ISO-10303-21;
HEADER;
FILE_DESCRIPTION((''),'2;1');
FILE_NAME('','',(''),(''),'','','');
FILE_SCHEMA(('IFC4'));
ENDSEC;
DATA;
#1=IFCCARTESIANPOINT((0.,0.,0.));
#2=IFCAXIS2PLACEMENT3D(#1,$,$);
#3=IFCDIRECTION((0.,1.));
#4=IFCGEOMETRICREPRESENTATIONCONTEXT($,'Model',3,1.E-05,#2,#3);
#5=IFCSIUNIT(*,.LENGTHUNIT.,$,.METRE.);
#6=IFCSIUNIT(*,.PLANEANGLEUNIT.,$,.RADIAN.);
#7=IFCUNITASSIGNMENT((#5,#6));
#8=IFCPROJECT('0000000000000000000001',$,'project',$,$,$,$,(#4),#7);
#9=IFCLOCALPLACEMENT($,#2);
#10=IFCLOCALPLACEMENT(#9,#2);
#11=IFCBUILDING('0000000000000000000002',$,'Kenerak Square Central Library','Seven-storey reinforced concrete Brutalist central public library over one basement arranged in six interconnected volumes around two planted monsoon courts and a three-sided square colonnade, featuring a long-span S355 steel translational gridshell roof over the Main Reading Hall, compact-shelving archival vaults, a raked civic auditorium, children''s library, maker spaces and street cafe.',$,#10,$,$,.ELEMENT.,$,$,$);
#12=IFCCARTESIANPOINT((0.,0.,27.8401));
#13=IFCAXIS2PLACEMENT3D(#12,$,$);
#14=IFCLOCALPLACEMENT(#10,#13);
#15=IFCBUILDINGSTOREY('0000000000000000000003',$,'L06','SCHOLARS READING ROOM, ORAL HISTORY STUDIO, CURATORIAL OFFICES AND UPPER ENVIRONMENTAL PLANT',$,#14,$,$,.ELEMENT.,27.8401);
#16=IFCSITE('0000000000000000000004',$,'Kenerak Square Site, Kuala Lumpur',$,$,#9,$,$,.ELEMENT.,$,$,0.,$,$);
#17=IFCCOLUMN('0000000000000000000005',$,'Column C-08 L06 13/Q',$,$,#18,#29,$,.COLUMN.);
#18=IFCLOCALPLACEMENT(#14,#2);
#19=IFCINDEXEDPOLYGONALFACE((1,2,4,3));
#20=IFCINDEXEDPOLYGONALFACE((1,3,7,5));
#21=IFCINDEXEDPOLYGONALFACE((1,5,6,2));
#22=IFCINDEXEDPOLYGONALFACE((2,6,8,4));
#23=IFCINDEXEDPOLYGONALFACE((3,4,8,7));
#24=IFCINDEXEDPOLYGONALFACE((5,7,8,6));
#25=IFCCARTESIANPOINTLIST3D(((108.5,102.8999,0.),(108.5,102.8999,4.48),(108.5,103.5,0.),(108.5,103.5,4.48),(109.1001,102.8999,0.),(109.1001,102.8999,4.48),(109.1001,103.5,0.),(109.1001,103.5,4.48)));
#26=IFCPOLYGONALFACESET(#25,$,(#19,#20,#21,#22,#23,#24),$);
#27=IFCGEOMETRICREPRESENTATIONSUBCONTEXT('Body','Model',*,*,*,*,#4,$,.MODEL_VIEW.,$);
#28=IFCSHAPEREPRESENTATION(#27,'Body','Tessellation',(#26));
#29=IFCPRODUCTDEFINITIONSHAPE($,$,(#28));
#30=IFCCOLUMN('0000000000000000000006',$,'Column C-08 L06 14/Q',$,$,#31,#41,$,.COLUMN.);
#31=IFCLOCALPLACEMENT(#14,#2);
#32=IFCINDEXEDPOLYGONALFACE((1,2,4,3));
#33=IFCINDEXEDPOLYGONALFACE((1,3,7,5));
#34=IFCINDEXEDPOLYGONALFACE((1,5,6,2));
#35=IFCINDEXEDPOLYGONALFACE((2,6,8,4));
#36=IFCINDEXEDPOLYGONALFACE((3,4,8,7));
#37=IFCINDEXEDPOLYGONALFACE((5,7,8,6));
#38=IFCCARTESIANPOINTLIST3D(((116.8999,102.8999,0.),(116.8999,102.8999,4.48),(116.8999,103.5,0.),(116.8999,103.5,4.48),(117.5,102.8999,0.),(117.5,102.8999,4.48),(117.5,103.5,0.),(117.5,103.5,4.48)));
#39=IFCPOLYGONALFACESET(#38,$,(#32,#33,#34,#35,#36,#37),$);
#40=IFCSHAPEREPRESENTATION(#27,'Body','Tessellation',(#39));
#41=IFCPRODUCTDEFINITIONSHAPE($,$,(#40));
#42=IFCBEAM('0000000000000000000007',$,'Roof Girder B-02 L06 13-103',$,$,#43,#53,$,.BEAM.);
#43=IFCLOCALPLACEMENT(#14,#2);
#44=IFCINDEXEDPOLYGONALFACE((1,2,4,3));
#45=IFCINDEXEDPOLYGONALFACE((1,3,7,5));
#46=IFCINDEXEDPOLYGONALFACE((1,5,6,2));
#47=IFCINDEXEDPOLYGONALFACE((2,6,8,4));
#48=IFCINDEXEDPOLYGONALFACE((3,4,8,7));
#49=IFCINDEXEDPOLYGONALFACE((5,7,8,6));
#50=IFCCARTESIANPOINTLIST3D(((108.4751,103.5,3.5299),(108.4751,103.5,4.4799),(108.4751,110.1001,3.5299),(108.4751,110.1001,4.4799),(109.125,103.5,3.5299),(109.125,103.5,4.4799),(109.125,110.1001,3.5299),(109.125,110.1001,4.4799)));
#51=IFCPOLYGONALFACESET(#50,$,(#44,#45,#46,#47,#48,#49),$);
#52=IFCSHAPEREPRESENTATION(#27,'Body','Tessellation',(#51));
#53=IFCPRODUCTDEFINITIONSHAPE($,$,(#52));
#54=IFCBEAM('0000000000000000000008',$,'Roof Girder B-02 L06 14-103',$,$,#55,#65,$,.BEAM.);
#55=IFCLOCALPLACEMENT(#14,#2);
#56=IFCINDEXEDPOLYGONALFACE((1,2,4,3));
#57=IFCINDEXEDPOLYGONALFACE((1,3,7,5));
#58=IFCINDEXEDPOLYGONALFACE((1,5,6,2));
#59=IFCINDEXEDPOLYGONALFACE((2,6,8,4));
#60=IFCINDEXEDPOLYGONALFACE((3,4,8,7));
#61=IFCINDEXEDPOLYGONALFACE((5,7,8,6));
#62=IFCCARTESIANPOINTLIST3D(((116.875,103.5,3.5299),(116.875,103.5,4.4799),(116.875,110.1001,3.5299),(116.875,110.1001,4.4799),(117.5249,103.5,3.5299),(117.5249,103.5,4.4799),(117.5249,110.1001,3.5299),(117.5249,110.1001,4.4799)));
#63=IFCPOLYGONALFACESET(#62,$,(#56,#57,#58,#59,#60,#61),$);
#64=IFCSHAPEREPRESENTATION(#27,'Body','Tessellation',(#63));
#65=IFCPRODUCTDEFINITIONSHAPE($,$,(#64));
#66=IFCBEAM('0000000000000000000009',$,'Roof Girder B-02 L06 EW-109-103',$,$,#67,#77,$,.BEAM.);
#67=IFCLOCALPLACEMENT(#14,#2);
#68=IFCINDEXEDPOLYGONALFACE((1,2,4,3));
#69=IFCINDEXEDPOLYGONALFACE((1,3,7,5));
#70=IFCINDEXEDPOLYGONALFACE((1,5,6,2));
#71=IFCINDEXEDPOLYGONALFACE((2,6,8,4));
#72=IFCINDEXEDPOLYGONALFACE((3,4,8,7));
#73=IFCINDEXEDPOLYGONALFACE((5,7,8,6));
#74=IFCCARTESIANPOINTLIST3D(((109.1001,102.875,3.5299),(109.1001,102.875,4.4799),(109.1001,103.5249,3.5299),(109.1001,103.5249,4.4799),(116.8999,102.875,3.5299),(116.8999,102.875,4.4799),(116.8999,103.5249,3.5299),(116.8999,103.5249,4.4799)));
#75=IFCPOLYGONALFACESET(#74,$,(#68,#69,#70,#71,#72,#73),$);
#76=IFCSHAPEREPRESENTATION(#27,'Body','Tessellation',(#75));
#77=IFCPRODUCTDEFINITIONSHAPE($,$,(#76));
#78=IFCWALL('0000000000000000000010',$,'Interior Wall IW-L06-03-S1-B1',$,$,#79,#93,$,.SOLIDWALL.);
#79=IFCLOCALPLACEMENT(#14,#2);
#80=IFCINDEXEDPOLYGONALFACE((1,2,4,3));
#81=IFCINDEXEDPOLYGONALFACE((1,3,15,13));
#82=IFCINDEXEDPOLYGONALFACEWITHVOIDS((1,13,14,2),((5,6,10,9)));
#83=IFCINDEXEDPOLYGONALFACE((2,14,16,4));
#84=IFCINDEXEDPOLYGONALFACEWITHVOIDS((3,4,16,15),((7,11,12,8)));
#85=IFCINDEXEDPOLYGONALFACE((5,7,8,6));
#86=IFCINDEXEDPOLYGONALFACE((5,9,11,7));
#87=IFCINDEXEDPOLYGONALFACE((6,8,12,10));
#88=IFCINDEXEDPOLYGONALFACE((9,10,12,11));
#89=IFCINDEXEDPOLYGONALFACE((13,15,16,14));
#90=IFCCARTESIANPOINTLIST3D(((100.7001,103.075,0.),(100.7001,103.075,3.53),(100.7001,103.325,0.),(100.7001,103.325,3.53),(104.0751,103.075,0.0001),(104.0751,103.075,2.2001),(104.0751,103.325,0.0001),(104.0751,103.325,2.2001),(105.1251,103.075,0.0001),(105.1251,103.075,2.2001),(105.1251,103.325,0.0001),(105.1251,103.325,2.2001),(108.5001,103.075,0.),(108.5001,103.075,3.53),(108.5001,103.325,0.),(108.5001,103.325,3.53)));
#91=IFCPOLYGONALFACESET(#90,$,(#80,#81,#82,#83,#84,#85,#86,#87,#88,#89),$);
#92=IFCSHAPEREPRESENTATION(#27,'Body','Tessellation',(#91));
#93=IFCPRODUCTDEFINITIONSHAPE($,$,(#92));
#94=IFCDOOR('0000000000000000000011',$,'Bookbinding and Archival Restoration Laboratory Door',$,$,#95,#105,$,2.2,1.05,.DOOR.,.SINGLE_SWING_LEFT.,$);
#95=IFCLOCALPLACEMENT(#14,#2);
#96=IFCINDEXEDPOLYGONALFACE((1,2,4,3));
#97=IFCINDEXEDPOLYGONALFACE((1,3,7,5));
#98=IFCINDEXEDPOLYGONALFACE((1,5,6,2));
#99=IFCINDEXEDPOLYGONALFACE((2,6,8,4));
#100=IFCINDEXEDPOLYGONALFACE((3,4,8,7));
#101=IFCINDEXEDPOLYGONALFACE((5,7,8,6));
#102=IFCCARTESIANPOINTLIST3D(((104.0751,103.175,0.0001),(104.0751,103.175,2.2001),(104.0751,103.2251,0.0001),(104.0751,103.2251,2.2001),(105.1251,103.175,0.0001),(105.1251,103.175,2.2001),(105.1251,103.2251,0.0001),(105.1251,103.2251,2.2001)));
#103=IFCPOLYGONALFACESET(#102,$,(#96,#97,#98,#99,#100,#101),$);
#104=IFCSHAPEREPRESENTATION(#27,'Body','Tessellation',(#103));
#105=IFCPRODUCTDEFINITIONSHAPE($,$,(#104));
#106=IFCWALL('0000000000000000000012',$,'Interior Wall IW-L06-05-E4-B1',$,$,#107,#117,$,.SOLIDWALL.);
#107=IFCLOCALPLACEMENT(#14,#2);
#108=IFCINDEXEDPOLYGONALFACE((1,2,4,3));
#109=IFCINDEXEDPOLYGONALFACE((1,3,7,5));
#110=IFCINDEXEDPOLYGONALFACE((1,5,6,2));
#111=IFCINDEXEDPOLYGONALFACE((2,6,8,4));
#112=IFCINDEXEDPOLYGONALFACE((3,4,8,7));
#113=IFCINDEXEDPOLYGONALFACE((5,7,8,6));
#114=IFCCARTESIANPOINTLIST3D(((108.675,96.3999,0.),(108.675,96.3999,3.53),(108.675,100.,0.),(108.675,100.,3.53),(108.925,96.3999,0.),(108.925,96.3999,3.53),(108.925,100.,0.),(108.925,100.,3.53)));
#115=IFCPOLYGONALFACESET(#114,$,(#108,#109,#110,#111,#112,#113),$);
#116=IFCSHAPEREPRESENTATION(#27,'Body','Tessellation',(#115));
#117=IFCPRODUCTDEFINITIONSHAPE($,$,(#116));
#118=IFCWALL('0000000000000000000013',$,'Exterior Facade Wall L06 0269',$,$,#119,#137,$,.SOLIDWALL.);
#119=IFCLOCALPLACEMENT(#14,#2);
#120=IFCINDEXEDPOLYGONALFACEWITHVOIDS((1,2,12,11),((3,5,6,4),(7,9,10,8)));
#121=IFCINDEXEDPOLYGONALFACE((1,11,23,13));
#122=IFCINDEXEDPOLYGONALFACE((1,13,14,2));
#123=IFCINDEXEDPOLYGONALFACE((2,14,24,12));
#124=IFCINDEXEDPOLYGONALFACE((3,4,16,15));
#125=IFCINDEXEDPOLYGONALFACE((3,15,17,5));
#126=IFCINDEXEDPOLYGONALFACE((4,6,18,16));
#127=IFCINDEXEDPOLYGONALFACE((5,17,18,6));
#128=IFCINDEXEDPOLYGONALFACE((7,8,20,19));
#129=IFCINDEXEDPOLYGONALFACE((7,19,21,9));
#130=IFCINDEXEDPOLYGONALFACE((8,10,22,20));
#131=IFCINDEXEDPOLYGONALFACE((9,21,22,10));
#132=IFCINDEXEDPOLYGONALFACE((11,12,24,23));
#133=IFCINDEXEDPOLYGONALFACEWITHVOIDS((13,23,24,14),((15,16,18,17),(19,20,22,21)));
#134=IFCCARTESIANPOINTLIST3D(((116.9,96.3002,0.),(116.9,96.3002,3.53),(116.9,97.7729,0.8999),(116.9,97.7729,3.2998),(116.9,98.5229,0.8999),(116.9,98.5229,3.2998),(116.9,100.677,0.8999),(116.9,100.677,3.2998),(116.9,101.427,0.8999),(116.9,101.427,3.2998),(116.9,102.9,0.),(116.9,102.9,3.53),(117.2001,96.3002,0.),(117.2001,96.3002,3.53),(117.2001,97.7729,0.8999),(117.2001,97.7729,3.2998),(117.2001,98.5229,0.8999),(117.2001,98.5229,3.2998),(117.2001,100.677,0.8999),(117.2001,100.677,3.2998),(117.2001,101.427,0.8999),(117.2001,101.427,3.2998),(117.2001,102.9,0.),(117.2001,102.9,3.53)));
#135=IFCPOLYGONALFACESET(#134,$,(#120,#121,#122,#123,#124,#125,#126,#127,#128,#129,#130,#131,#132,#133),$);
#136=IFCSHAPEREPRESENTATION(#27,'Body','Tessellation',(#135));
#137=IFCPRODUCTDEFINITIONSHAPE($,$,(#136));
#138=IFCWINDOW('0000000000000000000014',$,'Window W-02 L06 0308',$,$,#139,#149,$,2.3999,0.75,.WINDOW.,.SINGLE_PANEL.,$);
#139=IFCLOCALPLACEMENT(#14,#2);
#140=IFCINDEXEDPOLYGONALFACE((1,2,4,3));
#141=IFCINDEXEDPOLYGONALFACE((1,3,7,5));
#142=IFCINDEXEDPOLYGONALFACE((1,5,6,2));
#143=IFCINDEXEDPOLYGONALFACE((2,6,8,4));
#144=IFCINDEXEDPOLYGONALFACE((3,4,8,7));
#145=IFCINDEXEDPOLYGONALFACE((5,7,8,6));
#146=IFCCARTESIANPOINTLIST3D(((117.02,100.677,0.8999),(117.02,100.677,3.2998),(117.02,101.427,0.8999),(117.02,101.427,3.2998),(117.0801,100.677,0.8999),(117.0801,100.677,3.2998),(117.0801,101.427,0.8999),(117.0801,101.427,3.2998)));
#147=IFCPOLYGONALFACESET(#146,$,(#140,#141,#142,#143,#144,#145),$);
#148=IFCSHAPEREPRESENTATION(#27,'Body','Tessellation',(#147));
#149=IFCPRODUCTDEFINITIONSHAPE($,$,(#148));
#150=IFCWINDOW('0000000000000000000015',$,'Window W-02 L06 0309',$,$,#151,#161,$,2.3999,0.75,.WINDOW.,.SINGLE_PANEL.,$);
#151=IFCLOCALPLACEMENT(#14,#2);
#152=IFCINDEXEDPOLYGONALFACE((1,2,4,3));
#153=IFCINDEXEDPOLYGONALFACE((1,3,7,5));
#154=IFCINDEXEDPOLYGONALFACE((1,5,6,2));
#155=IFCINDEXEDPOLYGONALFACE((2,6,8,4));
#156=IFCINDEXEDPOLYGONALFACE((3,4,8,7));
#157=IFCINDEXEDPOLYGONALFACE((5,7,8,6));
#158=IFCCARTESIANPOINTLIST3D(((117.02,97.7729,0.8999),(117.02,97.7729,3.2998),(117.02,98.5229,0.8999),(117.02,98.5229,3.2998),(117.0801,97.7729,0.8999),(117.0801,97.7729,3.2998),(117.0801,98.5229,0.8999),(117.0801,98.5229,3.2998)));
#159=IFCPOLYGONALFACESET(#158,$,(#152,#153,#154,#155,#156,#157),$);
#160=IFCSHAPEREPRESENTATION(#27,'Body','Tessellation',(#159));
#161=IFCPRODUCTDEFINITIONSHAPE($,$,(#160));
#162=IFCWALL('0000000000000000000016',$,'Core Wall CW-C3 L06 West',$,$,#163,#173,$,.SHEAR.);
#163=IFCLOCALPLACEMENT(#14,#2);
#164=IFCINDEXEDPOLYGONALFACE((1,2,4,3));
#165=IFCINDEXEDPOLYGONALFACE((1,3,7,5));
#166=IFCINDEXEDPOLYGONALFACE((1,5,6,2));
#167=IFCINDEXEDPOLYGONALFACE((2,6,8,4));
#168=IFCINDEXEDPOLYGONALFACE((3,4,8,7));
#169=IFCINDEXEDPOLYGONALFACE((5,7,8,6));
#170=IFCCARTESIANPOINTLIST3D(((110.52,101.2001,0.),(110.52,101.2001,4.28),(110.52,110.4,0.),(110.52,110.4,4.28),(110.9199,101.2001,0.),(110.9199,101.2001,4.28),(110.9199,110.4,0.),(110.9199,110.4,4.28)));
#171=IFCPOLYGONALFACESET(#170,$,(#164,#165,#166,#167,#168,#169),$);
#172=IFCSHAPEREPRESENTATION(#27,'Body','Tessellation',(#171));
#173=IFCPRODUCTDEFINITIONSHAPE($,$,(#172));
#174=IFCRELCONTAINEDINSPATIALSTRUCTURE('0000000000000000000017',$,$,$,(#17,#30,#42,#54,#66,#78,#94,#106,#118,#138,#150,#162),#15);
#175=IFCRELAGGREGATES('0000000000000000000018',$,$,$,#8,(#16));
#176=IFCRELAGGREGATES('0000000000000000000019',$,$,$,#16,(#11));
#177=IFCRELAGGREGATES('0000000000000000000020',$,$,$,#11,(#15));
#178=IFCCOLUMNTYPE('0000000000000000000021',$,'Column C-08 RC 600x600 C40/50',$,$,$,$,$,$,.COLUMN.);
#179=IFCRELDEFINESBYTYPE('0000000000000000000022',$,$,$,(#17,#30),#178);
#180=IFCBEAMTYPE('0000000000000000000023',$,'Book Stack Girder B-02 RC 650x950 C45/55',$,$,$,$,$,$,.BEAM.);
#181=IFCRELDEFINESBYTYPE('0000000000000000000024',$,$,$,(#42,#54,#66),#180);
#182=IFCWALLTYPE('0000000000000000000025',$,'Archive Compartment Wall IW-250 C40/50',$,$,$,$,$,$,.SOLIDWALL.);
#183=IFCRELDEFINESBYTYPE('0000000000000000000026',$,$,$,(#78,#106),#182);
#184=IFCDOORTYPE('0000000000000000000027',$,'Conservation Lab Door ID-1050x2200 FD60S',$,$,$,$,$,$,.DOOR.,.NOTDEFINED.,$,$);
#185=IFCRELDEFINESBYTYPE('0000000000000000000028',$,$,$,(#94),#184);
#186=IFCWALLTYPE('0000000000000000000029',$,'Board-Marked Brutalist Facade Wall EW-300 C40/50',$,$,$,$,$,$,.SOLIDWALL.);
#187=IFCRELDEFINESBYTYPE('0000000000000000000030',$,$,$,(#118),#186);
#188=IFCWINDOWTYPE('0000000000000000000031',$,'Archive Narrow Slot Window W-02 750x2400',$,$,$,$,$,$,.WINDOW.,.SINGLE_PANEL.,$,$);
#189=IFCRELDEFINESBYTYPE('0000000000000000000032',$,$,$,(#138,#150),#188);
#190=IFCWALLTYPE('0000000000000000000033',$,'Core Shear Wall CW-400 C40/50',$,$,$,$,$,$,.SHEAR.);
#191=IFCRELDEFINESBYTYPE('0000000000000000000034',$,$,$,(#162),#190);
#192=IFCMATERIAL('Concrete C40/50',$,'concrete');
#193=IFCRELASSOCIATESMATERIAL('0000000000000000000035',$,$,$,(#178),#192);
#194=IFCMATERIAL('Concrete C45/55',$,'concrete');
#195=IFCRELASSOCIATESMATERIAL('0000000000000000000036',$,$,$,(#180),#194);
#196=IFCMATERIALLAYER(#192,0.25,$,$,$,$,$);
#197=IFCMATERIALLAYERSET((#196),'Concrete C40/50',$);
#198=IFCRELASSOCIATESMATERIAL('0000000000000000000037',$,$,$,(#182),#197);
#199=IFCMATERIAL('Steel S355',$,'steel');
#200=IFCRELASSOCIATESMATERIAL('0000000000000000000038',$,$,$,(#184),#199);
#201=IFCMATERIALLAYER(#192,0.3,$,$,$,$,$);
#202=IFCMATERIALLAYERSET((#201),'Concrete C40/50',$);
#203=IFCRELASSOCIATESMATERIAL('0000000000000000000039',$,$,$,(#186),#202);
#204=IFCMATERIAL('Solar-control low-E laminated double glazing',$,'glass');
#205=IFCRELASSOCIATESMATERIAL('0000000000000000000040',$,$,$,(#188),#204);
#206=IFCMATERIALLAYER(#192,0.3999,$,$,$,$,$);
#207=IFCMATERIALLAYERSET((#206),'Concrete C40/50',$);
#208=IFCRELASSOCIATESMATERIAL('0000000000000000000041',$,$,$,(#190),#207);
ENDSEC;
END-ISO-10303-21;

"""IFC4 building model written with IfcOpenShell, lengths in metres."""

from ifc_helpers import new_model, si_unit, direction, frame, frame_2d, origin, origin_2d, place, context, subcontext, project, spatial, rectangle, extrude, material, layer, layer_set, material_profile, profile_set, type_object, element, fill, save


model = new_model("IFC4")

# Units and contexts
model_context = context("Model", 3, precision=1e-05, world=origin(), true_north=direction((0.0, 1.0)))
body_context = subcontext(model_context, "Body", "Model", "MODEL_VIEW")
ifc_project = project(units=[si_unit("LENGTHUNIT", "METRE"), si_unit("PLANEANGLEUNIT", "RADIAN")], contexts=[model_context])

# Site, building, storey
site_placement = place(None, origin())
site = spatial("IfcSite", under=ifc_project, at=site_placement, Name="Kenerak Square Site, Kuala Lumpur", CompositionType="ELEMENT", RefElevation=0.0)
building_placement = place(site_placement, origin())
building = spatial("IfcBuilding", under=site, at=building_placement, Name="Kenerak Square Central Library", Description="Seven-storey reinforced concrete Brutalist central public library over one basement arranged in six interconnected volumes around two planted monsoon courts and a three-sided square colonnade, featuring a long-span S355 steel translational gridshell roof over the Main Reading Hall, compact-shelving archival vaults, a raked civic auditorium, children's library, maker spaces and street cafe.", CompositionType="ELEMENT")
storey_placement = place(building_placement, frame((0.0, 0.0, 27.8401)))
storey = spatial("IfcBuildingStorey", under=building, at=storey_placement, Name="L06", Description="SCHOLARS READING ROOM, ORAL HISTORY STUDIO, CURATORIAL OFFICES AND UPPER ENVIRONMENTAL PLANT", CompositionType="ELEMENT", Elevation=27.8401)

# Columns
ifc_material_1 = material(Name="Concrete C40/50", Category="concrete")
ifc_material_profile_1 = material_profile(ifc_material_1, rectangle(XDim=0.6001, YDim=0.6001, at=origin_2d()), Name="RC 600x600")
ifc_profile_set_1 = profile_set([ifc_material_profile_1], Name="Concrete C40/50")
column_type = type_object("IfcColumnType", Name="Column C-08 RC 600x600 C40/50", PredefinedType="COLUMN", material=ifc_profile_set_1)
for number, where, z_axis, x_axis, name in (
    (1, (108.8, 103.2, 0.0), (0.0, 0.0, 1.0), (1.0, 0.0, 0.0), "Column C-08 L06 13/Q"),
    (2, (117.2, 103.2, 0.0), (0.0, 0.0, 1.0), (1.0, 0.0, 0.0), "Column C-08 L06 14/Q"),
):
    element("IfcColumn", number, at=place(storey_placement, frame(where, z_axis=z_axis, x_axis=x_axis)), inside=storey, type_object=column_type, Name=name, PredefinedType="COLUMN", context=body_context, shape_type="SweptSolid", body=[
        extrude(rectangle(XDim=0.6001, YDim=0.6001, at=origin_2d()), origin(), (0.0, 0.0, 1.0), 4.48),
    ])

# Beams
ifc_material_2 = material(Name="Concrete C45/55", Category="concrete")
ifc_material_profile_2 = material_profile(ifc_material_2, rectangle(XDim=0.6499, YDim=0.95, at=origin_2d()), Name="RC 650x950")
ifc_profile_set_2 = profile_set([ifc_material_profile_2], Name="Concrete C45/55")
beam_type = type_object("IfcBeamType", Name="Book Stack Girder B-02 RC 650x950 C45/55", PredefinedType="BEAM", material=ifc_profile_set_2)
for number, where, z_axis, x_axis, name in (
    (3, (108.8, 103.5, 4.0049), (0.0, 1.0, 0.0), (-1.0, 0.0, 0.0), "Roof Girder B-02 L06 13-103"),
    (4, (117.2, 103.5, 4.0049), (0.0, 1.0, 0.0), (-1.0, 0.0, 0.0), "Roof Girder B-02 L06 14-103"),
):
    element("IfcBeam", number, at=place(storey_placement, frame(where, z_axis=z_axis, x_axis=x_axis)), inside=storey, type_object=beam_type, Name=name, PredefinedType="BEAM", context=body_context, shape_type="SweptSolid", body=[
        extrude(rectangle(XDim=0.6499, YDim=0.95, at=origin_2d()), origin(), (0.0, 0.0, 1.0), 6.6001),
    ])
beam_placement = place(storey_placement, frame((109.1001, 103.2, 4.0049), z_axis=(1.0, 0.0, 0.0), x_axis=(0.0, 1.0, 0.0)))
element("IfcBeam", 5, at=beam_placement, inside=storey, type_object=beam_type, Name="Roof Girder B-02 L06 EW-109-103", PredefinedType="BEAM", context=body_context, shape_type="SweptSolid", body=[
    extrude(rectangle(XDim=0.6499, YDim=0.95, at=origin_2d()), origin(), (0.0, 0.0, 1.0), 7.7998),
])

# Wall, opening, door
ifc_layer_1 = layer(ifc_material_1, 0.25)
ifc_layer_set_1 = layer_set([ifc_layer_1], Name="Concrete C40/50")
wall_type_1 = type_object("IfcWallType", Name="Archive Compartment Wall IW-250 C40/50", PredefinedType="SOLIDWALL", material=ifc_layer_set_1)
wall_1_placement = place(storey_placement, frame((108.5, 103.2, 0.0), z_axis=(0.0, 0.0, 1.0), x_axis=(-1.0, 0.0, 0.0)))
wall_1 = element("IfcWall", 6, at=wall_1_placement, inside=storey, type_object=wall_type_1, Name="Interior Wall IW-L06-03-S1-B1", PredefinedType="SOLIDWALL", context=body_context, shape_type="SweptSolid", body=[
    extrude(rectangle(XDim=7.8, YDim=0.25, at=frame_2d((3.8999, 0.0))), origin(), (0.0, 0.0, 1.0), 3.53),
])
opening_1_placement = place(wall_1_placement, frame((3.375, 0.0, 0.0)))
opening_1 = element("IfcOpeningElement", 7, at=opening_1_placement, cuts=wall_1, PredefinedType="OPENING", context=body_context, shape_type="SweptSolid", body=[
    extrude(rectangle(XDim=1.05, YDim=2.2, at=frame_2d((0.5249, 1.1001))), frame((0.0, 0.135, 0.0), z_axis=(0.0, -1.0, 0.0), x_axis=(1.0, 0.0, 0.0)), (0.0, 0.0, 1.0), 0.27),
])
ifc_material_3 = material(Name="Steel S355", Category="steel")
door_type_1 = type_object("IfcDoorType", Name="Conservation Lab Door ID-1050x2200 FD60S", OperationType="NOTDEFINED", PredefinedType="DOOR", material=ifc_material_3)
door_1_placement = place(opening_1_placement, origin())
door_1 = element("IfcDoor", 8, at=door_1_placement, inside=storey, type_object=door_type_1, Name="Bookbinding and Archival Restoration Laboratory Door", OperationType="SINGLE_SWING_LEFT", OverallHeight=2.2, OverallWidth=1.05, PredefinedType="DOOR", context=body_context, shape_type="SweptSolid", body=[
    extrude(rectangle(XDim=1.05, YDim=2.2, at=frame_2d((0.5249, 1.1001))), frame((0.0, 0.0249, 0.0), z_axis=(0.0, -1.0, 0.0), x_axis=(1.0, 0.0, 0.0)), (0.0, 0.0, 1.0), 0.05),
])
fill(opening_1, door_1)

# Wall
wall_2_placement = place(storey_placement, frame((108.8, 100.0, 0.0), z_axis=(0.0, 0.0, 1.0), x_axis=(0.0, -1.0, 0.0)))
element("IfcWall", 9, at=wall_2_placement, inside=storey, type_object=wall_type_1, Name="Interior Wall IW-L06-05-E4-B1", PredefinedType="SOLIDWALL", context=body_context, shape_type="SweptSolid", body=[
    extrude(rectangle(XDim=3.6001, YDim=0.25, at=frame_2d((1.8, 0.0))), origin(), (0.0, 0.0, 1.0), 3.53),
])

# Wall, openings, windows
ifc_layer_2 = layer(ifc_material_1, 0.3)
ifc_layer_set_2 = layer_set([ifc_layer_2], Name="Concrete C40/50")
wall_type_2 = type_object("IfcWallType", Name="Board-Marked Brutalist Facade Wall EW-300 C40/50", PredefinedType="SOLIDWALL", material=ifc_layer_set_2)
wall_3_placement = place(storey_placement, frame((117.05, 102.8999, 0.0), z_axis=(0.0, 0.0, 1.0), x_axis=(0.0, -1.0, 0.0)))
wall_3 = element("IfcWall", 10, at=wall_3_placement, inside=storey, type_object=wall_type_2, Name="Exterior Facade Wall L06 0269", PredefinedType="SOLIDWALL", context=body_context, shape_type="SweptSolid", body=[
    extrude(rectangle(XDim=6.5999, YDim=0.3, at=frame_2d((3.2998, 0.0))), origin(), (0.0, 0.0, 1.0), 3.53),
])
opening_2_placement = place(wall_3_placement, frame((1.4729, 0.0, 0.8999)))
opening_2 = element("IfcOpeningElement", 11, at=opening_2_placement, cuts=wall_3, PredefinedType="OPENING", context=body_context, shape_type="SweptSolid", body=[
    extrude(rectangle(XDim=0.75, YDim=2.3999, at=frame_2d((0.375, 1.2))), frame((0.0, 0.1599, 0.0), z_axis=(0.0, -1.0, 0.0), x_axis=(1.0, 0.0, 0.0)), (0.0, 0.0, 1.0), 0.3201),
])
opening_3_placement = place(wall_3_placement, frame((4.377, 0.0, 0.8999)))
opening_3 = element("IfcOpeningElement", 12, at=opening_3_placement, cuts=wall_3, PredefinedType="OPENING", context=body_context, shape_type="SweptSolid", body=[
    extrude(rectangle(XDim=0.75, YDim=2.3999, at=frame_2d((0.375, 1.2))), frame((0.0, 0.1599, 0.0), z_axis=(0.0, -1.0, 0.0), x_axis=(1.0, 0.0, 0.0)), (0.0, 0.0, 1.0), 0.3201),
])
ifc_material_4 = material(Name="Solar-control low-E laminated double glazing", Category="glass")
window_type = type_object("IfcWindowType", Name="Archive Narrow Slot Window W-02 750x2400", PartitioningType="SINGLE_PANEL", PredefinedType="WINDOW", material=ifc_material_4)
window_1_placement = place(opening_2_placement, origin())
window_1 = element("IfcWindow", 13, at=window_1_placement, inside=storey, type_object=window_type, Name="Window W-02 L06 0308", OverallHeight=2.3999, OverallWidth=0.75, PartitioningType="SINGLE_PANEL", PredefinedType="WINDOW", context=body_context, shape_type="SweptSolid", body=[
    extrude(rectangle(XDim=0.75, YDim=2.3999, at=frame_2d((0.375, 1.2))), frame((0.0, 0.03, 0.0), z_axis=(0.0, -1.0, 0.0), x_axis=(1.0, 0.0, 0.0)), (0.0, 0.0, 1.0), 0.0601),
])
fill(opening_2, window_1)
window_2_placement = place(opening_3_placement, origin())
window_2 = element("IfcWindow", 14, at=window_2_placement, inside=storey, type_object=window_type, Name="Window W-02 L06 0309", OverallHeight=2.3999, OverallWidth=0.75, PartitioningType="SINGLE_PANEL", PredefinedType="WINDOW", context=body_context, shape_type="SweptSolid", body=[
    extrude(rectangle(XDim=0.75, YDim=2.3999, at=frame_2d((0.375, 1.2))), frame((0.0, 0.03, 0.0), z_axis=(0.0, -1.0, 0.0), x_axis=(1.0, 0.0, 0.0)), (0.0, 0.0, 1.0), 0.0601),
])
fill(opening_3, window_2)

# Wall
ifc_layer_3 = layer(ifc_material_1, 0.3999)
ifc_layer_set_3 = layer_set([ifc_layer_3], Name="Concrete C40/50")
wall_type_3 = type_object("IfcWallType", Name="Core Shear Wall CW-400 C40/50", PredefinedType="SHEAR", material=ifc_layer_set_3)
wall_4_placement = place(storey_placement, frame((110.72, 101.2, 0.0), z_axis=(0.0, 0.0, 1.0), x_axis=(0.0, 1.0, 0.0)))
element("IfcWall", 15, at=wall_4_placement, inside=storey, type_object=wall_type_3, Name="Core Wall CW-C3 L06 West", PredefinedType="SHEAR", context=body_context, shape_type="SweptSolid", body=[
    extrude(rectangle(XDim=9.2, YDim=0.3999, at=frame_2d((4.6001, 0.0))), origin(), (0.0, 0.0, 1.0), 4.28),
])

save(model, "model.ifc")
